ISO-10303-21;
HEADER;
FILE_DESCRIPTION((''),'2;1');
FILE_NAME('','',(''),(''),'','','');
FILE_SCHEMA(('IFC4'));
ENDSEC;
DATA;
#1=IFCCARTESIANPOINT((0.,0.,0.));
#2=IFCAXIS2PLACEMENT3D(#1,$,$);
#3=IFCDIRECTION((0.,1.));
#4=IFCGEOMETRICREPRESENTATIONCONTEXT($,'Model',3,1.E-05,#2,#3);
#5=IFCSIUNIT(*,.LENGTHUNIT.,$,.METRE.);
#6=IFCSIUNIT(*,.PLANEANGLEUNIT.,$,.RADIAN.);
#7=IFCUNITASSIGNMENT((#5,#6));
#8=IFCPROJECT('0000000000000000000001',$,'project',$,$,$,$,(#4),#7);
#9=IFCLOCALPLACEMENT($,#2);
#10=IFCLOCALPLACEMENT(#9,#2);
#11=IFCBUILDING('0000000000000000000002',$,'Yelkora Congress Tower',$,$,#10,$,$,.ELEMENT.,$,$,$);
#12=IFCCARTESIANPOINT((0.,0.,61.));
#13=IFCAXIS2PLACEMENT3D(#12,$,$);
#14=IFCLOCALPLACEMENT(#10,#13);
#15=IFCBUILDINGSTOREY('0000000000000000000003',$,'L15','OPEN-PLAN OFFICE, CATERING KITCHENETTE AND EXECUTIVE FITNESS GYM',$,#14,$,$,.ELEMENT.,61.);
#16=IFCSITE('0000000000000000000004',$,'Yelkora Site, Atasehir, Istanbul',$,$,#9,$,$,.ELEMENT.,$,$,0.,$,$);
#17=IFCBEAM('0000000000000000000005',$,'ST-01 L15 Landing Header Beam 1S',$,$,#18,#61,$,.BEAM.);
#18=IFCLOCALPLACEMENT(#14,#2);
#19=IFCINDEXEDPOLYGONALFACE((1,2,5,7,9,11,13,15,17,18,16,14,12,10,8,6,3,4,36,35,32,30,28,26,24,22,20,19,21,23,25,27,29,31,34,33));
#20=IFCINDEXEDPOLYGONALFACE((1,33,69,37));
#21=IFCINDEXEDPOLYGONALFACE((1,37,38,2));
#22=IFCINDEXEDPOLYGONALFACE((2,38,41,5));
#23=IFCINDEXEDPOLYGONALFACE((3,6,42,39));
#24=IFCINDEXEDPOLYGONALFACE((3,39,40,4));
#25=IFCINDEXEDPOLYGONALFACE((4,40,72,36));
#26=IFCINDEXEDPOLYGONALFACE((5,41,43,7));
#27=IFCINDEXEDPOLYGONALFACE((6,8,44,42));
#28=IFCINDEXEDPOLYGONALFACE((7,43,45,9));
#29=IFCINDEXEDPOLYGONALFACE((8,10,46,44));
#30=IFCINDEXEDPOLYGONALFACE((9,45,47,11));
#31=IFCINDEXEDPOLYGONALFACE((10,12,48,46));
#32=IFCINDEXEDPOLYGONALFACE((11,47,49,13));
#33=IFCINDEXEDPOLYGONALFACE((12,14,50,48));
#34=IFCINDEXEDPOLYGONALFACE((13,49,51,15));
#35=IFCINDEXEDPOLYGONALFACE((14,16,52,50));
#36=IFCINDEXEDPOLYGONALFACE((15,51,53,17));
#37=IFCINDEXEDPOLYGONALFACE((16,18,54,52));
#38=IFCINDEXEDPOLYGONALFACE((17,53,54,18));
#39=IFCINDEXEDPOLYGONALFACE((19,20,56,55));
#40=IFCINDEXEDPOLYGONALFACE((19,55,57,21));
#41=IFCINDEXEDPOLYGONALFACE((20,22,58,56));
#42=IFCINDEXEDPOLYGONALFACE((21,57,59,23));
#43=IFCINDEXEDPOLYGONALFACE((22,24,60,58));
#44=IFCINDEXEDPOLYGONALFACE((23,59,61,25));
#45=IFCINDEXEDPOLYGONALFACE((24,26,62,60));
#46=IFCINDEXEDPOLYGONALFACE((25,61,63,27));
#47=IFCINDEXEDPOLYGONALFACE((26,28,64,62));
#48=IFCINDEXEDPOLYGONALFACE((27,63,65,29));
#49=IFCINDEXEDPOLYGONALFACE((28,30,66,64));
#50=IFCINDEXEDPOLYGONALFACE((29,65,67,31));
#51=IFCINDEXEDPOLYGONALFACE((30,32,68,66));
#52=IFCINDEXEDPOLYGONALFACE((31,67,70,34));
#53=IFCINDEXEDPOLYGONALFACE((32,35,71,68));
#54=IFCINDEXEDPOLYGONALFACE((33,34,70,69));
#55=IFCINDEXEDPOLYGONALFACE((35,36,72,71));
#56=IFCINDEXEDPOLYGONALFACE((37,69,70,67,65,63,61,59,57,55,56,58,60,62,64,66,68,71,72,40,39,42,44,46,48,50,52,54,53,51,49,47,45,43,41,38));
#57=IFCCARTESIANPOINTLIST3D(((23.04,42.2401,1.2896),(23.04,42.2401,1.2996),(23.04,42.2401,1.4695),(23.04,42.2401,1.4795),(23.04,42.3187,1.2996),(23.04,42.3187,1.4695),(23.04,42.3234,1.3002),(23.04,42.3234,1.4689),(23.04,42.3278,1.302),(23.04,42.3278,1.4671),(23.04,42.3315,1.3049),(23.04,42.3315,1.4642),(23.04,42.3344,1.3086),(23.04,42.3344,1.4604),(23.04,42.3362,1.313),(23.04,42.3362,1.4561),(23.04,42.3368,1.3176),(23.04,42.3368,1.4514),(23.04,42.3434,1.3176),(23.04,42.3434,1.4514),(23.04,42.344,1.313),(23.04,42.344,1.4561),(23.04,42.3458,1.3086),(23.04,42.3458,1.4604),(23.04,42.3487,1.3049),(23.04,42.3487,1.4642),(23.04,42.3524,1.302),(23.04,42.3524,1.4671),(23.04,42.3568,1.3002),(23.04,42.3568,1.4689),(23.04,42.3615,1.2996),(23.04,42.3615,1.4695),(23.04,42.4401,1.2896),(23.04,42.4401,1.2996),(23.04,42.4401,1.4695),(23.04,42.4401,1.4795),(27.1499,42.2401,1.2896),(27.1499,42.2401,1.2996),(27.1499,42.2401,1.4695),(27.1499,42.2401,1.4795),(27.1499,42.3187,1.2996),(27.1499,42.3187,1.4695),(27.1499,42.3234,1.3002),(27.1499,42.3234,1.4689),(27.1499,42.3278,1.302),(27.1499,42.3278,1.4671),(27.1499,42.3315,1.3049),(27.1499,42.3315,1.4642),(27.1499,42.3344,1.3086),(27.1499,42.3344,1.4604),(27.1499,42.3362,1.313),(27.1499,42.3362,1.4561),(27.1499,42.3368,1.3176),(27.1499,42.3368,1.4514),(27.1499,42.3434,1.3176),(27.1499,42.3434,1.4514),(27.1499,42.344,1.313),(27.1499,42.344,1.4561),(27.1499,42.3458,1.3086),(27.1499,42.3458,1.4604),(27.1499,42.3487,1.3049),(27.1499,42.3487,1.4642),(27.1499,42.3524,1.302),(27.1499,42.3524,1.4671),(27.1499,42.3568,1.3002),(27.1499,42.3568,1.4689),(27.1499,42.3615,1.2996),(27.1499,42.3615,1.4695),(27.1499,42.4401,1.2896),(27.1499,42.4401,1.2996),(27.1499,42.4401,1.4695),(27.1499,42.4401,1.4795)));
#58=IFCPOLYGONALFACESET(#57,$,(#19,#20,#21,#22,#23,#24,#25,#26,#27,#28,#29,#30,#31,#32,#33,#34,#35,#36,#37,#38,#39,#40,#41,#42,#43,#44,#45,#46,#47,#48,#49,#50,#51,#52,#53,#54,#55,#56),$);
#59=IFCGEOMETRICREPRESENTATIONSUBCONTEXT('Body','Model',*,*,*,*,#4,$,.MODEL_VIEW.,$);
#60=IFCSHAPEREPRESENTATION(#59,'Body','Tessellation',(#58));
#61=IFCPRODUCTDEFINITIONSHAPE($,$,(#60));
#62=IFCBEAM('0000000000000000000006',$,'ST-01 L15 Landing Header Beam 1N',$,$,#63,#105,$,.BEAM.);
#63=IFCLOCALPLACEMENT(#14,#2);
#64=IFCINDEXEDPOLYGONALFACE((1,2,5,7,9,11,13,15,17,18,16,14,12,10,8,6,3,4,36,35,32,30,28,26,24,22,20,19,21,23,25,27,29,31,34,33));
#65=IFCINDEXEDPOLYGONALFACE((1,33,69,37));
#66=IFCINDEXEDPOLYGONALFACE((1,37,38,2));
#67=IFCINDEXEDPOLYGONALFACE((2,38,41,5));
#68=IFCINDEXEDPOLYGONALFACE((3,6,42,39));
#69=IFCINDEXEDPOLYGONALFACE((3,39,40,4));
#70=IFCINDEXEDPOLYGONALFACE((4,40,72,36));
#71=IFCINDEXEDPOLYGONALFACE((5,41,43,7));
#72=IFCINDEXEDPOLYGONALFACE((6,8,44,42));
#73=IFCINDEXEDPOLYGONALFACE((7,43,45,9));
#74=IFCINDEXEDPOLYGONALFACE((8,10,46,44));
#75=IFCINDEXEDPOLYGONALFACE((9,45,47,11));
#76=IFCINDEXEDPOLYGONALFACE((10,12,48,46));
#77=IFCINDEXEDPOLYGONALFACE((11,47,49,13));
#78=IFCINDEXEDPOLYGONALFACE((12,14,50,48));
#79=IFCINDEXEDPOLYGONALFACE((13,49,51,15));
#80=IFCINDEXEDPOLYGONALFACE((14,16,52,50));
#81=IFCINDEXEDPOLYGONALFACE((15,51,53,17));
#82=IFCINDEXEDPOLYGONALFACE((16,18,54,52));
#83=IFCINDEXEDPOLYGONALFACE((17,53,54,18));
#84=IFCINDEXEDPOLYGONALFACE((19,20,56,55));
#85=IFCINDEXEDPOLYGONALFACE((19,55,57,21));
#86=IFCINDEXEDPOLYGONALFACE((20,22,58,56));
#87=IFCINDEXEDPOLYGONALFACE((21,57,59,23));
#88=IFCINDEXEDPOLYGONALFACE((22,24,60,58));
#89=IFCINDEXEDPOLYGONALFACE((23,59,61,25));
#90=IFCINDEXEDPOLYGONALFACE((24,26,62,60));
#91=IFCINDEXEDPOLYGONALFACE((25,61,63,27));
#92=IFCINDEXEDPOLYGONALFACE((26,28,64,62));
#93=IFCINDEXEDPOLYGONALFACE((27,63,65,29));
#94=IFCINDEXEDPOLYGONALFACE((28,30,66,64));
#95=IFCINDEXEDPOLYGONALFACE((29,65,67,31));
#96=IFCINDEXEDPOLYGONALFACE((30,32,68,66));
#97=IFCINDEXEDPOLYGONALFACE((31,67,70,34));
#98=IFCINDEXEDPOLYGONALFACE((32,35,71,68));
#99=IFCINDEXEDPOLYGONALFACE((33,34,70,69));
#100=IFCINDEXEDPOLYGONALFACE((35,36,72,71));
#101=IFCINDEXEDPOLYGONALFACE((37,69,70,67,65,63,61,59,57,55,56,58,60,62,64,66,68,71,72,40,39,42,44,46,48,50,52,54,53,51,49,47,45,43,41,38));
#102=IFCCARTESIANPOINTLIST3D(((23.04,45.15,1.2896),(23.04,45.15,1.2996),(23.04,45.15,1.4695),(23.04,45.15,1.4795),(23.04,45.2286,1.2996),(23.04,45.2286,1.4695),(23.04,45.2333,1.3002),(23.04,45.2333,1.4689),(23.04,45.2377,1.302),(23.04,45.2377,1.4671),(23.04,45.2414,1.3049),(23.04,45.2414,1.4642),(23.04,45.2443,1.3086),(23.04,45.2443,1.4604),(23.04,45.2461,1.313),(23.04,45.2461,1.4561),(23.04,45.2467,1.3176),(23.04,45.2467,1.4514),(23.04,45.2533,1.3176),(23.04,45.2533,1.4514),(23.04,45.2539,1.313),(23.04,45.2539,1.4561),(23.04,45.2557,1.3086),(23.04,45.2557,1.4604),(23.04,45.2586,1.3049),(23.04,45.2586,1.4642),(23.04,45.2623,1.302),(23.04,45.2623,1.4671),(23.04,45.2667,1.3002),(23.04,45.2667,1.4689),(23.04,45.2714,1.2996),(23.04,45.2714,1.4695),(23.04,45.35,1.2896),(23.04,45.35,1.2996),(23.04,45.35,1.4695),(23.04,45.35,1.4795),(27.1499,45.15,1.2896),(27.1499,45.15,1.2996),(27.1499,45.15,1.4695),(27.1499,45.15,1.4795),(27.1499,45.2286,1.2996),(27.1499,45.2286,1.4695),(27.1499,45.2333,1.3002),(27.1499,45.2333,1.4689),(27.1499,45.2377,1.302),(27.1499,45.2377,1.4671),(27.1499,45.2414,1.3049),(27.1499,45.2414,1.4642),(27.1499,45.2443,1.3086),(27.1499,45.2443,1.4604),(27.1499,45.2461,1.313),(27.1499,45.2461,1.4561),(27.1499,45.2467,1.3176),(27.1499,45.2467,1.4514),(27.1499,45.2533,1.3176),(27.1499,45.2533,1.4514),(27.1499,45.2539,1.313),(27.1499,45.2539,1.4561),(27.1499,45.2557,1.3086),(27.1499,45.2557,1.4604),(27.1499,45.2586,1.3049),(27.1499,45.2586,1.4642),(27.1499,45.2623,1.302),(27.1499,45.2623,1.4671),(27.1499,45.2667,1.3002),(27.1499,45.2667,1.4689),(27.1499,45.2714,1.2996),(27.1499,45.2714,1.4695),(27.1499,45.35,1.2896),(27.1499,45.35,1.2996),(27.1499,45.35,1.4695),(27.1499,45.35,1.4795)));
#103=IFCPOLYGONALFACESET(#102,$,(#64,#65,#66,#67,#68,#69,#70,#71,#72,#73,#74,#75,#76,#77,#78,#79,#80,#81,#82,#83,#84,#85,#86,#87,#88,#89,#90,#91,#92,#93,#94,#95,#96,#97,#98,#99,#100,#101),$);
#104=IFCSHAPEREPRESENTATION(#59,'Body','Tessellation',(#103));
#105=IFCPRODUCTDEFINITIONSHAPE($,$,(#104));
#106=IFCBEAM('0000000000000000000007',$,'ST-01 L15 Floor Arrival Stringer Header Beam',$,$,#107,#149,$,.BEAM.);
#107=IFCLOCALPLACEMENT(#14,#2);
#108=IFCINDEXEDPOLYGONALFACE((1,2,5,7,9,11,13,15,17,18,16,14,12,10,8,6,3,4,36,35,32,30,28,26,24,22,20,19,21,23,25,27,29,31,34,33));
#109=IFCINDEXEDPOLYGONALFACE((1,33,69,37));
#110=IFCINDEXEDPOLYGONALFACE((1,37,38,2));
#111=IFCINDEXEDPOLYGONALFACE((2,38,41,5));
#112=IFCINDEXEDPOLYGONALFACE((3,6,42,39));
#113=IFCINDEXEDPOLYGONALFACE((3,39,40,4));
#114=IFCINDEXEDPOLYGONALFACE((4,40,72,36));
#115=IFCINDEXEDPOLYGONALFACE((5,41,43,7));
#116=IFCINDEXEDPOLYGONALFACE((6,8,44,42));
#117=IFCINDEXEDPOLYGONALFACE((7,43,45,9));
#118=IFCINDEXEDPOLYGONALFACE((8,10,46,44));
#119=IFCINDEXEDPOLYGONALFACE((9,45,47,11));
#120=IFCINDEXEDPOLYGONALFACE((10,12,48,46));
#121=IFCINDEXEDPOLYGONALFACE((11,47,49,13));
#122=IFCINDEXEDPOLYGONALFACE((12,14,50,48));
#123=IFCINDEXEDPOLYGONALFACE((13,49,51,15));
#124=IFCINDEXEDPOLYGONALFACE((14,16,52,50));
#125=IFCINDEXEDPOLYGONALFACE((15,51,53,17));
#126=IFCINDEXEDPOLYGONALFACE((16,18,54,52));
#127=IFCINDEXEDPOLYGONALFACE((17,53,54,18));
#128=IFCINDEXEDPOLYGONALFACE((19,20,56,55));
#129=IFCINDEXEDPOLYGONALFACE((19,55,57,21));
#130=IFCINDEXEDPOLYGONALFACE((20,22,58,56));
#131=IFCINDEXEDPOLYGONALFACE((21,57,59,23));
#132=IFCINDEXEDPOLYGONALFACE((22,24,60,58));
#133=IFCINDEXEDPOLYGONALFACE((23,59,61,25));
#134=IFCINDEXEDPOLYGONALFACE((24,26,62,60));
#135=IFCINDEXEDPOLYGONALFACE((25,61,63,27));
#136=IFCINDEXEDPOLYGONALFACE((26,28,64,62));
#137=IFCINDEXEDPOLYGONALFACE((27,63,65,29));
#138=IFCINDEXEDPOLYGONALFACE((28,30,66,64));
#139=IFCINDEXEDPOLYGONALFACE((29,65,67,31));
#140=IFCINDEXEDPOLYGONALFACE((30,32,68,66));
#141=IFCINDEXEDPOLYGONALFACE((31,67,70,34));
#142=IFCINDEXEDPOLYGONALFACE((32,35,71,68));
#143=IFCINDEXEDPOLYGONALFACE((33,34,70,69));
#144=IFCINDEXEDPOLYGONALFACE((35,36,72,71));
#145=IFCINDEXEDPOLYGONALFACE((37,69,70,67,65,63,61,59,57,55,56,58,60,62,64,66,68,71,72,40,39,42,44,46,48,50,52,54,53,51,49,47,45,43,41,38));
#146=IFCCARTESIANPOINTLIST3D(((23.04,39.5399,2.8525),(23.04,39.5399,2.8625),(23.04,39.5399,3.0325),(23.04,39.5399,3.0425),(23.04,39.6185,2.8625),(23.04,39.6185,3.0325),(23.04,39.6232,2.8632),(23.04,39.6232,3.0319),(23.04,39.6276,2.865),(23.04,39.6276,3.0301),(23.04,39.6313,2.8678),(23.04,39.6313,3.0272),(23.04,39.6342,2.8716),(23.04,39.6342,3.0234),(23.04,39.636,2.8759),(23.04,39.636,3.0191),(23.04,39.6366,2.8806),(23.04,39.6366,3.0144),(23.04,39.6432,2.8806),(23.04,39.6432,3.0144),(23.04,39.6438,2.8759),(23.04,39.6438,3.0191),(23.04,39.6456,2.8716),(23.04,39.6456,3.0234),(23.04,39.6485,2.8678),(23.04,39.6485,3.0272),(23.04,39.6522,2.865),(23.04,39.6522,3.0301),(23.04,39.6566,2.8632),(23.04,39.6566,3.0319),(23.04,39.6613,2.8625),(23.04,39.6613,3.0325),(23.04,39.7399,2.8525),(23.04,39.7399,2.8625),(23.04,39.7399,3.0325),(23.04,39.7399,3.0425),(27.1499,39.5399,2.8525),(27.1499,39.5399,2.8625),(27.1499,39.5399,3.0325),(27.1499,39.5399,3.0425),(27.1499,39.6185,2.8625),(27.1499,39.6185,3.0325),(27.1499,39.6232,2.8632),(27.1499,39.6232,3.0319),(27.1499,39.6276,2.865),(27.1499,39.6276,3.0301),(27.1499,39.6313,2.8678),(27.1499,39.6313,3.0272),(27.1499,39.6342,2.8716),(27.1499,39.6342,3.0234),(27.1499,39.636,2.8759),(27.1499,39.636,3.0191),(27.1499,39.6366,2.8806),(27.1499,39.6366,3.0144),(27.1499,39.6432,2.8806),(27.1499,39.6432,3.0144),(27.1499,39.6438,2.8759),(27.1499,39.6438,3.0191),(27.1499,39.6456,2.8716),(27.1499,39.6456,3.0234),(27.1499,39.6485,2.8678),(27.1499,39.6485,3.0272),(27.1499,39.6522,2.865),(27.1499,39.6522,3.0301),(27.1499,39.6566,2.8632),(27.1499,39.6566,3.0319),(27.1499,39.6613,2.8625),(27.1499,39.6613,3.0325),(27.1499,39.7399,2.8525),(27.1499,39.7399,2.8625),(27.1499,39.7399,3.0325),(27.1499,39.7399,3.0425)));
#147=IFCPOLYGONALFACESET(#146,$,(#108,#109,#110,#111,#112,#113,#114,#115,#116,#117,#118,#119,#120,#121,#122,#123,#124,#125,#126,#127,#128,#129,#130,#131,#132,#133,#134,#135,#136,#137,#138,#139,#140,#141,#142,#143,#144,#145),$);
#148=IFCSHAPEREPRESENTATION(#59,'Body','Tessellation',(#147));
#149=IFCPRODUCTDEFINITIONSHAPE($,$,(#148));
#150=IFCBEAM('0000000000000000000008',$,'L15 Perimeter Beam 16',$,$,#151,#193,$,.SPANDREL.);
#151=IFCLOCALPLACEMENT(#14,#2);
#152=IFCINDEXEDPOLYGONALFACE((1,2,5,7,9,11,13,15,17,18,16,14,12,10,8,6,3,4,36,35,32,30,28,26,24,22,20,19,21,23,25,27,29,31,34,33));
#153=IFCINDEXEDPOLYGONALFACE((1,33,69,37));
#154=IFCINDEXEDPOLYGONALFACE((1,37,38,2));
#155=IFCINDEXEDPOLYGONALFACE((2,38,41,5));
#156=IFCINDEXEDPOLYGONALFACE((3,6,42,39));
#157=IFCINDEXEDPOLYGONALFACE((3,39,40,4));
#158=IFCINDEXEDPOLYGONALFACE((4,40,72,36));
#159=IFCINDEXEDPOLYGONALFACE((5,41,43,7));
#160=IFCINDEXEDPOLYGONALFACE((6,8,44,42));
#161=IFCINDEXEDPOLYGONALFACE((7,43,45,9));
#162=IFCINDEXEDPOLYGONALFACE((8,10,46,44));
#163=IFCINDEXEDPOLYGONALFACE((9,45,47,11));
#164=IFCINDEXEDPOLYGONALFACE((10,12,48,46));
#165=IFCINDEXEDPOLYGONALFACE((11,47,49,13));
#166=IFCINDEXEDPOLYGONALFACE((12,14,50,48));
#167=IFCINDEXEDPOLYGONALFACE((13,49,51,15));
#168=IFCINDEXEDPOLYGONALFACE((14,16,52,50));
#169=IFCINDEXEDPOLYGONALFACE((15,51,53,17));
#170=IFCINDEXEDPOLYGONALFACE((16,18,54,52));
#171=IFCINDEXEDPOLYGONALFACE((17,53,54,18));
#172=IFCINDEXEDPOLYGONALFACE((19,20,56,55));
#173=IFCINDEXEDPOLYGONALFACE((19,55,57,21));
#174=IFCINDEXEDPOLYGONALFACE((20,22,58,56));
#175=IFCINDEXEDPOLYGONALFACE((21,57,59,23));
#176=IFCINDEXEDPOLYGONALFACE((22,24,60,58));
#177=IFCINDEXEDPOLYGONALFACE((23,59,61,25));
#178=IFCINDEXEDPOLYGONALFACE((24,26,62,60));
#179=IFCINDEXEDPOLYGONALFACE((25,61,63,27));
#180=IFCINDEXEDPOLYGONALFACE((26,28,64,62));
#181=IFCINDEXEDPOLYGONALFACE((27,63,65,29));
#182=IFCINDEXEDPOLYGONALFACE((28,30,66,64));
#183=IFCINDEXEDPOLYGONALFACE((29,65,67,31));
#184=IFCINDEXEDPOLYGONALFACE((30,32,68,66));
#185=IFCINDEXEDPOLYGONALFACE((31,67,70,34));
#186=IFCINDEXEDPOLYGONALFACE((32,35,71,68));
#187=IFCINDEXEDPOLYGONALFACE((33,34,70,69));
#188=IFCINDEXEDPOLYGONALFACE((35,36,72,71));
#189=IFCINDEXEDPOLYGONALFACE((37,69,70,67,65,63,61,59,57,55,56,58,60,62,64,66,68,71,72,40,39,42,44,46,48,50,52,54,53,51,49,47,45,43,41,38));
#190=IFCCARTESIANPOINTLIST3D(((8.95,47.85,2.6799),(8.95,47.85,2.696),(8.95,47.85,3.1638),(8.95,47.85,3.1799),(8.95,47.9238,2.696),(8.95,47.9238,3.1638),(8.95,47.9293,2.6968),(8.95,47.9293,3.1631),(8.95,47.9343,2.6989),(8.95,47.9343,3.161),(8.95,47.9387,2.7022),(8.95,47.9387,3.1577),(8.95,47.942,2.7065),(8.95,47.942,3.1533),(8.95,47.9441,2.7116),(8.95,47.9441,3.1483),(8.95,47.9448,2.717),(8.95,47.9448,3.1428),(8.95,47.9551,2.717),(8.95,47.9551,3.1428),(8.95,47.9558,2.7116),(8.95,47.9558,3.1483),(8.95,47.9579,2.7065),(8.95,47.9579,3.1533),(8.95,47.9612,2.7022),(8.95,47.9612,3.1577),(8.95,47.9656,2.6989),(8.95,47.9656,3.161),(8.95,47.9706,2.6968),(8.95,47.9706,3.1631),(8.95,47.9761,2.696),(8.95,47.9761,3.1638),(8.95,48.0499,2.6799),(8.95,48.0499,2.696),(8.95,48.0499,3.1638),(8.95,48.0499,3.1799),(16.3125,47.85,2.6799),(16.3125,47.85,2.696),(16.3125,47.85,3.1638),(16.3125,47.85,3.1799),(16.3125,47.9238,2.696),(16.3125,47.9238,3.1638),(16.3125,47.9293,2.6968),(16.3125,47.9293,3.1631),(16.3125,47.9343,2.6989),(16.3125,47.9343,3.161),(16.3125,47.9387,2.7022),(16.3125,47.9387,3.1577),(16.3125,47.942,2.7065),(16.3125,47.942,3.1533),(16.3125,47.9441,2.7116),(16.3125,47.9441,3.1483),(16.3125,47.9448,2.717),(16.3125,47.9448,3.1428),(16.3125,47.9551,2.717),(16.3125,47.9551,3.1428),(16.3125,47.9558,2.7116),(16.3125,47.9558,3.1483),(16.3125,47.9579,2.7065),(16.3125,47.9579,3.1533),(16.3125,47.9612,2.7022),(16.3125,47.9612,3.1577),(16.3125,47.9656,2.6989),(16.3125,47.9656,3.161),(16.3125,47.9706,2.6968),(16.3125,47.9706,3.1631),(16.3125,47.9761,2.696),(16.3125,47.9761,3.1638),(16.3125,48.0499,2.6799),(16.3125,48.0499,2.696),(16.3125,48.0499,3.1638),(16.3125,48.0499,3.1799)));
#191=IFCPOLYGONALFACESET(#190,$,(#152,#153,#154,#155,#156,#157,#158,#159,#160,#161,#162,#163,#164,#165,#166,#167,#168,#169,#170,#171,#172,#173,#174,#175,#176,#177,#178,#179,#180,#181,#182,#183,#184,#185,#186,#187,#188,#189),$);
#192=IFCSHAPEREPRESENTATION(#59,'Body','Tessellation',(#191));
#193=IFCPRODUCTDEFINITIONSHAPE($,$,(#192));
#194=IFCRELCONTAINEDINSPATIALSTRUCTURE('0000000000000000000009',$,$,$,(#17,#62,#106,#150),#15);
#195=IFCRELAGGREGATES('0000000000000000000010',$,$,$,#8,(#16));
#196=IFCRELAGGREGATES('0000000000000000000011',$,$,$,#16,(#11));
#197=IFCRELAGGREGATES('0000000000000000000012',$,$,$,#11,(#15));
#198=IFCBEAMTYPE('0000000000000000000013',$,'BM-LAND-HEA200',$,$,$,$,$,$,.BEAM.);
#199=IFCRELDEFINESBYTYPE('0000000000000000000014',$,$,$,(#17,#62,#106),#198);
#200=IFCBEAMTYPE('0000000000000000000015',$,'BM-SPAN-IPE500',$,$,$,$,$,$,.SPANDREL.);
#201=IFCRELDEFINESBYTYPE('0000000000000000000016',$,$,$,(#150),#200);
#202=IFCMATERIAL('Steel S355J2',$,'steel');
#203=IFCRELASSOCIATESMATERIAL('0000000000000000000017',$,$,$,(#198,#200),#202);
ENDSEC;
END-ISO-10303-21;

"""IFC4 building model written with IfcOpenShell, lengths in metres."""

from ifc_helpers import new_model, si_unit, direction, frame, origin, origin_2d, place, context, subcontext, project, spatial, i_section, extrude, material, material_profile, profile_set, type_object, element, save


model = new_model("IFC4")

# Units and contexts
model_context = context("Model", 3, precision=1e-05, world=origin(), true_north=direction((0.0, 1.0)))
body_context = subcontext(model_context, "Body", "Model", "MODEL_VIEW")
ifc_project = project(units=[si_unit("LENGTHUNIT", "METRE"), si_unit("PLANEANGLEUNIT", "RADIAN")], contexts=[model_context])

# Site, building, storey
site_placement = place(None, origin())
site = spatial("IfcSite", under=ifc_project, at=site_placement, Name="Yelkora Site, Atasehir, Istanbul", CompositionType="ELEMENT", RefElevation=0.0)
building_placement = place(site_placement, origin())
building = spatial("IfcBuilding", under=site, at=building_placement, Name="Yelkora Congress Tower", CompositionType="ELEMENT")
storey_placement = place(building_placement, frame((0.0, 0.0, 61.0)))
storey = spatial("IfcBuildingStorey", under=building, at=storey_placement, Name="L15", Description="OPEN-PLAN OFFICE, CATERING KITCHENETTE AND EXECUTIVE FITNESS GYM", CompositionType="ELEMENT", Elevation=61.0)

# Beams
ifc_material_1 = material(Name="Steel S355J2", Category="steel")
ifc_material_profile_1 = material_profile(ifc_material_1, i_section(OverallWidth=0.2, OverallDepth=0.1899, WebThickness=0.0066, FlangeThickness=0.01, FilletRadius=0.0181, at=origin_2d()), Name="HEA 200")
ifc_profile_set_1 = profile_set([ifc_material_profile_1], Name="Steel S355J2")
beam_type_1 = type_object("IfcBeamType", Name="BM-LAND-HEA200", PredefinedType="BEAM", material=ifc_profile_set_1)
for number, where, z_axis, x_axis, name in (
    (1, (23.04, 42.3401, 1.3845), (1.0, 0.0, 0.0), (0.0, 1.0, 0.0), "ST-01 L15 Landing Header Beam 1S"),
    (2, (23.04, 45.25, 1.3845), (1.0, 0.0, 0.0), (0.0, 1.0, 0.0), "ST-01 L15 Landing Header Beam 1N"),
    (3, (23.04, 39.6399, 2.9475), (1.0, 0.0, 0.0), (0.0, 1.0, 0.0), "ST-01 L15 Floor Arrival Stringer Header Beam"),
):
    element("IfcBeam", number, at=place(storey_placement, frame(where, z_axis=z_axis, x_axis=x_axis)), inside=storey, type_object=beam_type_1, Name=name, PredefinedType="BEAM", context=body_context, shape_type="SweptSolid", body=[
        extrude(i_section(OverallWidth=0.2, OverallDepth=0.1899, WebThickness=0.0066, FlangeThickness=0.01, FilletRadius=0.0181, at=origin_2d()), origin(), (0.0, 0.0, 1.0), 4.1099),
    ])
ifc_material_profile_2 = material_profile(ifc_material_1, i_section(OverallWidth=0.2, OverallDepth=0.5, WebThickness=0.0103, FlangeThickness=0.0161, FilletRadius=0.021, at=origin_2d()), Name="IPE 500")
ifc_profile_set_2 = profile_set([ifc_material_profile_2], Name="Steel S355J2")
beam_type_2 = type_object("IfcBeamType", Name="BM-SPAN-IPE500", PredefinedType="SPANDREL", material=ifc_profile_set_2)
beam_1_placement = place(storey_placement, frame((16.3125, 47.95, 2.9299), z_axis=(-1.0, 0.0, 0.0), x_axis=(0.0, -1.0, 0.0)))
element("IfcBeam", 4, at=beam_1_placement, inside=storey, type_object=beam_type_2, Name="L15 Perimeter Beam 16", PredefinedType="SPANDREL", context=body_context, shape_type="SweptSolid", body=[
    extrude(i_section(OverallWidth=0.2, OverallDepth=0.5, WebThickness=0.0103, FlangeThickness=0.0161, FilletRadius=0.021, at=origin_2d()), origin(), (0.0, 0.0, 1.0), 7.3625),
])

save(model, "model.ifc")
